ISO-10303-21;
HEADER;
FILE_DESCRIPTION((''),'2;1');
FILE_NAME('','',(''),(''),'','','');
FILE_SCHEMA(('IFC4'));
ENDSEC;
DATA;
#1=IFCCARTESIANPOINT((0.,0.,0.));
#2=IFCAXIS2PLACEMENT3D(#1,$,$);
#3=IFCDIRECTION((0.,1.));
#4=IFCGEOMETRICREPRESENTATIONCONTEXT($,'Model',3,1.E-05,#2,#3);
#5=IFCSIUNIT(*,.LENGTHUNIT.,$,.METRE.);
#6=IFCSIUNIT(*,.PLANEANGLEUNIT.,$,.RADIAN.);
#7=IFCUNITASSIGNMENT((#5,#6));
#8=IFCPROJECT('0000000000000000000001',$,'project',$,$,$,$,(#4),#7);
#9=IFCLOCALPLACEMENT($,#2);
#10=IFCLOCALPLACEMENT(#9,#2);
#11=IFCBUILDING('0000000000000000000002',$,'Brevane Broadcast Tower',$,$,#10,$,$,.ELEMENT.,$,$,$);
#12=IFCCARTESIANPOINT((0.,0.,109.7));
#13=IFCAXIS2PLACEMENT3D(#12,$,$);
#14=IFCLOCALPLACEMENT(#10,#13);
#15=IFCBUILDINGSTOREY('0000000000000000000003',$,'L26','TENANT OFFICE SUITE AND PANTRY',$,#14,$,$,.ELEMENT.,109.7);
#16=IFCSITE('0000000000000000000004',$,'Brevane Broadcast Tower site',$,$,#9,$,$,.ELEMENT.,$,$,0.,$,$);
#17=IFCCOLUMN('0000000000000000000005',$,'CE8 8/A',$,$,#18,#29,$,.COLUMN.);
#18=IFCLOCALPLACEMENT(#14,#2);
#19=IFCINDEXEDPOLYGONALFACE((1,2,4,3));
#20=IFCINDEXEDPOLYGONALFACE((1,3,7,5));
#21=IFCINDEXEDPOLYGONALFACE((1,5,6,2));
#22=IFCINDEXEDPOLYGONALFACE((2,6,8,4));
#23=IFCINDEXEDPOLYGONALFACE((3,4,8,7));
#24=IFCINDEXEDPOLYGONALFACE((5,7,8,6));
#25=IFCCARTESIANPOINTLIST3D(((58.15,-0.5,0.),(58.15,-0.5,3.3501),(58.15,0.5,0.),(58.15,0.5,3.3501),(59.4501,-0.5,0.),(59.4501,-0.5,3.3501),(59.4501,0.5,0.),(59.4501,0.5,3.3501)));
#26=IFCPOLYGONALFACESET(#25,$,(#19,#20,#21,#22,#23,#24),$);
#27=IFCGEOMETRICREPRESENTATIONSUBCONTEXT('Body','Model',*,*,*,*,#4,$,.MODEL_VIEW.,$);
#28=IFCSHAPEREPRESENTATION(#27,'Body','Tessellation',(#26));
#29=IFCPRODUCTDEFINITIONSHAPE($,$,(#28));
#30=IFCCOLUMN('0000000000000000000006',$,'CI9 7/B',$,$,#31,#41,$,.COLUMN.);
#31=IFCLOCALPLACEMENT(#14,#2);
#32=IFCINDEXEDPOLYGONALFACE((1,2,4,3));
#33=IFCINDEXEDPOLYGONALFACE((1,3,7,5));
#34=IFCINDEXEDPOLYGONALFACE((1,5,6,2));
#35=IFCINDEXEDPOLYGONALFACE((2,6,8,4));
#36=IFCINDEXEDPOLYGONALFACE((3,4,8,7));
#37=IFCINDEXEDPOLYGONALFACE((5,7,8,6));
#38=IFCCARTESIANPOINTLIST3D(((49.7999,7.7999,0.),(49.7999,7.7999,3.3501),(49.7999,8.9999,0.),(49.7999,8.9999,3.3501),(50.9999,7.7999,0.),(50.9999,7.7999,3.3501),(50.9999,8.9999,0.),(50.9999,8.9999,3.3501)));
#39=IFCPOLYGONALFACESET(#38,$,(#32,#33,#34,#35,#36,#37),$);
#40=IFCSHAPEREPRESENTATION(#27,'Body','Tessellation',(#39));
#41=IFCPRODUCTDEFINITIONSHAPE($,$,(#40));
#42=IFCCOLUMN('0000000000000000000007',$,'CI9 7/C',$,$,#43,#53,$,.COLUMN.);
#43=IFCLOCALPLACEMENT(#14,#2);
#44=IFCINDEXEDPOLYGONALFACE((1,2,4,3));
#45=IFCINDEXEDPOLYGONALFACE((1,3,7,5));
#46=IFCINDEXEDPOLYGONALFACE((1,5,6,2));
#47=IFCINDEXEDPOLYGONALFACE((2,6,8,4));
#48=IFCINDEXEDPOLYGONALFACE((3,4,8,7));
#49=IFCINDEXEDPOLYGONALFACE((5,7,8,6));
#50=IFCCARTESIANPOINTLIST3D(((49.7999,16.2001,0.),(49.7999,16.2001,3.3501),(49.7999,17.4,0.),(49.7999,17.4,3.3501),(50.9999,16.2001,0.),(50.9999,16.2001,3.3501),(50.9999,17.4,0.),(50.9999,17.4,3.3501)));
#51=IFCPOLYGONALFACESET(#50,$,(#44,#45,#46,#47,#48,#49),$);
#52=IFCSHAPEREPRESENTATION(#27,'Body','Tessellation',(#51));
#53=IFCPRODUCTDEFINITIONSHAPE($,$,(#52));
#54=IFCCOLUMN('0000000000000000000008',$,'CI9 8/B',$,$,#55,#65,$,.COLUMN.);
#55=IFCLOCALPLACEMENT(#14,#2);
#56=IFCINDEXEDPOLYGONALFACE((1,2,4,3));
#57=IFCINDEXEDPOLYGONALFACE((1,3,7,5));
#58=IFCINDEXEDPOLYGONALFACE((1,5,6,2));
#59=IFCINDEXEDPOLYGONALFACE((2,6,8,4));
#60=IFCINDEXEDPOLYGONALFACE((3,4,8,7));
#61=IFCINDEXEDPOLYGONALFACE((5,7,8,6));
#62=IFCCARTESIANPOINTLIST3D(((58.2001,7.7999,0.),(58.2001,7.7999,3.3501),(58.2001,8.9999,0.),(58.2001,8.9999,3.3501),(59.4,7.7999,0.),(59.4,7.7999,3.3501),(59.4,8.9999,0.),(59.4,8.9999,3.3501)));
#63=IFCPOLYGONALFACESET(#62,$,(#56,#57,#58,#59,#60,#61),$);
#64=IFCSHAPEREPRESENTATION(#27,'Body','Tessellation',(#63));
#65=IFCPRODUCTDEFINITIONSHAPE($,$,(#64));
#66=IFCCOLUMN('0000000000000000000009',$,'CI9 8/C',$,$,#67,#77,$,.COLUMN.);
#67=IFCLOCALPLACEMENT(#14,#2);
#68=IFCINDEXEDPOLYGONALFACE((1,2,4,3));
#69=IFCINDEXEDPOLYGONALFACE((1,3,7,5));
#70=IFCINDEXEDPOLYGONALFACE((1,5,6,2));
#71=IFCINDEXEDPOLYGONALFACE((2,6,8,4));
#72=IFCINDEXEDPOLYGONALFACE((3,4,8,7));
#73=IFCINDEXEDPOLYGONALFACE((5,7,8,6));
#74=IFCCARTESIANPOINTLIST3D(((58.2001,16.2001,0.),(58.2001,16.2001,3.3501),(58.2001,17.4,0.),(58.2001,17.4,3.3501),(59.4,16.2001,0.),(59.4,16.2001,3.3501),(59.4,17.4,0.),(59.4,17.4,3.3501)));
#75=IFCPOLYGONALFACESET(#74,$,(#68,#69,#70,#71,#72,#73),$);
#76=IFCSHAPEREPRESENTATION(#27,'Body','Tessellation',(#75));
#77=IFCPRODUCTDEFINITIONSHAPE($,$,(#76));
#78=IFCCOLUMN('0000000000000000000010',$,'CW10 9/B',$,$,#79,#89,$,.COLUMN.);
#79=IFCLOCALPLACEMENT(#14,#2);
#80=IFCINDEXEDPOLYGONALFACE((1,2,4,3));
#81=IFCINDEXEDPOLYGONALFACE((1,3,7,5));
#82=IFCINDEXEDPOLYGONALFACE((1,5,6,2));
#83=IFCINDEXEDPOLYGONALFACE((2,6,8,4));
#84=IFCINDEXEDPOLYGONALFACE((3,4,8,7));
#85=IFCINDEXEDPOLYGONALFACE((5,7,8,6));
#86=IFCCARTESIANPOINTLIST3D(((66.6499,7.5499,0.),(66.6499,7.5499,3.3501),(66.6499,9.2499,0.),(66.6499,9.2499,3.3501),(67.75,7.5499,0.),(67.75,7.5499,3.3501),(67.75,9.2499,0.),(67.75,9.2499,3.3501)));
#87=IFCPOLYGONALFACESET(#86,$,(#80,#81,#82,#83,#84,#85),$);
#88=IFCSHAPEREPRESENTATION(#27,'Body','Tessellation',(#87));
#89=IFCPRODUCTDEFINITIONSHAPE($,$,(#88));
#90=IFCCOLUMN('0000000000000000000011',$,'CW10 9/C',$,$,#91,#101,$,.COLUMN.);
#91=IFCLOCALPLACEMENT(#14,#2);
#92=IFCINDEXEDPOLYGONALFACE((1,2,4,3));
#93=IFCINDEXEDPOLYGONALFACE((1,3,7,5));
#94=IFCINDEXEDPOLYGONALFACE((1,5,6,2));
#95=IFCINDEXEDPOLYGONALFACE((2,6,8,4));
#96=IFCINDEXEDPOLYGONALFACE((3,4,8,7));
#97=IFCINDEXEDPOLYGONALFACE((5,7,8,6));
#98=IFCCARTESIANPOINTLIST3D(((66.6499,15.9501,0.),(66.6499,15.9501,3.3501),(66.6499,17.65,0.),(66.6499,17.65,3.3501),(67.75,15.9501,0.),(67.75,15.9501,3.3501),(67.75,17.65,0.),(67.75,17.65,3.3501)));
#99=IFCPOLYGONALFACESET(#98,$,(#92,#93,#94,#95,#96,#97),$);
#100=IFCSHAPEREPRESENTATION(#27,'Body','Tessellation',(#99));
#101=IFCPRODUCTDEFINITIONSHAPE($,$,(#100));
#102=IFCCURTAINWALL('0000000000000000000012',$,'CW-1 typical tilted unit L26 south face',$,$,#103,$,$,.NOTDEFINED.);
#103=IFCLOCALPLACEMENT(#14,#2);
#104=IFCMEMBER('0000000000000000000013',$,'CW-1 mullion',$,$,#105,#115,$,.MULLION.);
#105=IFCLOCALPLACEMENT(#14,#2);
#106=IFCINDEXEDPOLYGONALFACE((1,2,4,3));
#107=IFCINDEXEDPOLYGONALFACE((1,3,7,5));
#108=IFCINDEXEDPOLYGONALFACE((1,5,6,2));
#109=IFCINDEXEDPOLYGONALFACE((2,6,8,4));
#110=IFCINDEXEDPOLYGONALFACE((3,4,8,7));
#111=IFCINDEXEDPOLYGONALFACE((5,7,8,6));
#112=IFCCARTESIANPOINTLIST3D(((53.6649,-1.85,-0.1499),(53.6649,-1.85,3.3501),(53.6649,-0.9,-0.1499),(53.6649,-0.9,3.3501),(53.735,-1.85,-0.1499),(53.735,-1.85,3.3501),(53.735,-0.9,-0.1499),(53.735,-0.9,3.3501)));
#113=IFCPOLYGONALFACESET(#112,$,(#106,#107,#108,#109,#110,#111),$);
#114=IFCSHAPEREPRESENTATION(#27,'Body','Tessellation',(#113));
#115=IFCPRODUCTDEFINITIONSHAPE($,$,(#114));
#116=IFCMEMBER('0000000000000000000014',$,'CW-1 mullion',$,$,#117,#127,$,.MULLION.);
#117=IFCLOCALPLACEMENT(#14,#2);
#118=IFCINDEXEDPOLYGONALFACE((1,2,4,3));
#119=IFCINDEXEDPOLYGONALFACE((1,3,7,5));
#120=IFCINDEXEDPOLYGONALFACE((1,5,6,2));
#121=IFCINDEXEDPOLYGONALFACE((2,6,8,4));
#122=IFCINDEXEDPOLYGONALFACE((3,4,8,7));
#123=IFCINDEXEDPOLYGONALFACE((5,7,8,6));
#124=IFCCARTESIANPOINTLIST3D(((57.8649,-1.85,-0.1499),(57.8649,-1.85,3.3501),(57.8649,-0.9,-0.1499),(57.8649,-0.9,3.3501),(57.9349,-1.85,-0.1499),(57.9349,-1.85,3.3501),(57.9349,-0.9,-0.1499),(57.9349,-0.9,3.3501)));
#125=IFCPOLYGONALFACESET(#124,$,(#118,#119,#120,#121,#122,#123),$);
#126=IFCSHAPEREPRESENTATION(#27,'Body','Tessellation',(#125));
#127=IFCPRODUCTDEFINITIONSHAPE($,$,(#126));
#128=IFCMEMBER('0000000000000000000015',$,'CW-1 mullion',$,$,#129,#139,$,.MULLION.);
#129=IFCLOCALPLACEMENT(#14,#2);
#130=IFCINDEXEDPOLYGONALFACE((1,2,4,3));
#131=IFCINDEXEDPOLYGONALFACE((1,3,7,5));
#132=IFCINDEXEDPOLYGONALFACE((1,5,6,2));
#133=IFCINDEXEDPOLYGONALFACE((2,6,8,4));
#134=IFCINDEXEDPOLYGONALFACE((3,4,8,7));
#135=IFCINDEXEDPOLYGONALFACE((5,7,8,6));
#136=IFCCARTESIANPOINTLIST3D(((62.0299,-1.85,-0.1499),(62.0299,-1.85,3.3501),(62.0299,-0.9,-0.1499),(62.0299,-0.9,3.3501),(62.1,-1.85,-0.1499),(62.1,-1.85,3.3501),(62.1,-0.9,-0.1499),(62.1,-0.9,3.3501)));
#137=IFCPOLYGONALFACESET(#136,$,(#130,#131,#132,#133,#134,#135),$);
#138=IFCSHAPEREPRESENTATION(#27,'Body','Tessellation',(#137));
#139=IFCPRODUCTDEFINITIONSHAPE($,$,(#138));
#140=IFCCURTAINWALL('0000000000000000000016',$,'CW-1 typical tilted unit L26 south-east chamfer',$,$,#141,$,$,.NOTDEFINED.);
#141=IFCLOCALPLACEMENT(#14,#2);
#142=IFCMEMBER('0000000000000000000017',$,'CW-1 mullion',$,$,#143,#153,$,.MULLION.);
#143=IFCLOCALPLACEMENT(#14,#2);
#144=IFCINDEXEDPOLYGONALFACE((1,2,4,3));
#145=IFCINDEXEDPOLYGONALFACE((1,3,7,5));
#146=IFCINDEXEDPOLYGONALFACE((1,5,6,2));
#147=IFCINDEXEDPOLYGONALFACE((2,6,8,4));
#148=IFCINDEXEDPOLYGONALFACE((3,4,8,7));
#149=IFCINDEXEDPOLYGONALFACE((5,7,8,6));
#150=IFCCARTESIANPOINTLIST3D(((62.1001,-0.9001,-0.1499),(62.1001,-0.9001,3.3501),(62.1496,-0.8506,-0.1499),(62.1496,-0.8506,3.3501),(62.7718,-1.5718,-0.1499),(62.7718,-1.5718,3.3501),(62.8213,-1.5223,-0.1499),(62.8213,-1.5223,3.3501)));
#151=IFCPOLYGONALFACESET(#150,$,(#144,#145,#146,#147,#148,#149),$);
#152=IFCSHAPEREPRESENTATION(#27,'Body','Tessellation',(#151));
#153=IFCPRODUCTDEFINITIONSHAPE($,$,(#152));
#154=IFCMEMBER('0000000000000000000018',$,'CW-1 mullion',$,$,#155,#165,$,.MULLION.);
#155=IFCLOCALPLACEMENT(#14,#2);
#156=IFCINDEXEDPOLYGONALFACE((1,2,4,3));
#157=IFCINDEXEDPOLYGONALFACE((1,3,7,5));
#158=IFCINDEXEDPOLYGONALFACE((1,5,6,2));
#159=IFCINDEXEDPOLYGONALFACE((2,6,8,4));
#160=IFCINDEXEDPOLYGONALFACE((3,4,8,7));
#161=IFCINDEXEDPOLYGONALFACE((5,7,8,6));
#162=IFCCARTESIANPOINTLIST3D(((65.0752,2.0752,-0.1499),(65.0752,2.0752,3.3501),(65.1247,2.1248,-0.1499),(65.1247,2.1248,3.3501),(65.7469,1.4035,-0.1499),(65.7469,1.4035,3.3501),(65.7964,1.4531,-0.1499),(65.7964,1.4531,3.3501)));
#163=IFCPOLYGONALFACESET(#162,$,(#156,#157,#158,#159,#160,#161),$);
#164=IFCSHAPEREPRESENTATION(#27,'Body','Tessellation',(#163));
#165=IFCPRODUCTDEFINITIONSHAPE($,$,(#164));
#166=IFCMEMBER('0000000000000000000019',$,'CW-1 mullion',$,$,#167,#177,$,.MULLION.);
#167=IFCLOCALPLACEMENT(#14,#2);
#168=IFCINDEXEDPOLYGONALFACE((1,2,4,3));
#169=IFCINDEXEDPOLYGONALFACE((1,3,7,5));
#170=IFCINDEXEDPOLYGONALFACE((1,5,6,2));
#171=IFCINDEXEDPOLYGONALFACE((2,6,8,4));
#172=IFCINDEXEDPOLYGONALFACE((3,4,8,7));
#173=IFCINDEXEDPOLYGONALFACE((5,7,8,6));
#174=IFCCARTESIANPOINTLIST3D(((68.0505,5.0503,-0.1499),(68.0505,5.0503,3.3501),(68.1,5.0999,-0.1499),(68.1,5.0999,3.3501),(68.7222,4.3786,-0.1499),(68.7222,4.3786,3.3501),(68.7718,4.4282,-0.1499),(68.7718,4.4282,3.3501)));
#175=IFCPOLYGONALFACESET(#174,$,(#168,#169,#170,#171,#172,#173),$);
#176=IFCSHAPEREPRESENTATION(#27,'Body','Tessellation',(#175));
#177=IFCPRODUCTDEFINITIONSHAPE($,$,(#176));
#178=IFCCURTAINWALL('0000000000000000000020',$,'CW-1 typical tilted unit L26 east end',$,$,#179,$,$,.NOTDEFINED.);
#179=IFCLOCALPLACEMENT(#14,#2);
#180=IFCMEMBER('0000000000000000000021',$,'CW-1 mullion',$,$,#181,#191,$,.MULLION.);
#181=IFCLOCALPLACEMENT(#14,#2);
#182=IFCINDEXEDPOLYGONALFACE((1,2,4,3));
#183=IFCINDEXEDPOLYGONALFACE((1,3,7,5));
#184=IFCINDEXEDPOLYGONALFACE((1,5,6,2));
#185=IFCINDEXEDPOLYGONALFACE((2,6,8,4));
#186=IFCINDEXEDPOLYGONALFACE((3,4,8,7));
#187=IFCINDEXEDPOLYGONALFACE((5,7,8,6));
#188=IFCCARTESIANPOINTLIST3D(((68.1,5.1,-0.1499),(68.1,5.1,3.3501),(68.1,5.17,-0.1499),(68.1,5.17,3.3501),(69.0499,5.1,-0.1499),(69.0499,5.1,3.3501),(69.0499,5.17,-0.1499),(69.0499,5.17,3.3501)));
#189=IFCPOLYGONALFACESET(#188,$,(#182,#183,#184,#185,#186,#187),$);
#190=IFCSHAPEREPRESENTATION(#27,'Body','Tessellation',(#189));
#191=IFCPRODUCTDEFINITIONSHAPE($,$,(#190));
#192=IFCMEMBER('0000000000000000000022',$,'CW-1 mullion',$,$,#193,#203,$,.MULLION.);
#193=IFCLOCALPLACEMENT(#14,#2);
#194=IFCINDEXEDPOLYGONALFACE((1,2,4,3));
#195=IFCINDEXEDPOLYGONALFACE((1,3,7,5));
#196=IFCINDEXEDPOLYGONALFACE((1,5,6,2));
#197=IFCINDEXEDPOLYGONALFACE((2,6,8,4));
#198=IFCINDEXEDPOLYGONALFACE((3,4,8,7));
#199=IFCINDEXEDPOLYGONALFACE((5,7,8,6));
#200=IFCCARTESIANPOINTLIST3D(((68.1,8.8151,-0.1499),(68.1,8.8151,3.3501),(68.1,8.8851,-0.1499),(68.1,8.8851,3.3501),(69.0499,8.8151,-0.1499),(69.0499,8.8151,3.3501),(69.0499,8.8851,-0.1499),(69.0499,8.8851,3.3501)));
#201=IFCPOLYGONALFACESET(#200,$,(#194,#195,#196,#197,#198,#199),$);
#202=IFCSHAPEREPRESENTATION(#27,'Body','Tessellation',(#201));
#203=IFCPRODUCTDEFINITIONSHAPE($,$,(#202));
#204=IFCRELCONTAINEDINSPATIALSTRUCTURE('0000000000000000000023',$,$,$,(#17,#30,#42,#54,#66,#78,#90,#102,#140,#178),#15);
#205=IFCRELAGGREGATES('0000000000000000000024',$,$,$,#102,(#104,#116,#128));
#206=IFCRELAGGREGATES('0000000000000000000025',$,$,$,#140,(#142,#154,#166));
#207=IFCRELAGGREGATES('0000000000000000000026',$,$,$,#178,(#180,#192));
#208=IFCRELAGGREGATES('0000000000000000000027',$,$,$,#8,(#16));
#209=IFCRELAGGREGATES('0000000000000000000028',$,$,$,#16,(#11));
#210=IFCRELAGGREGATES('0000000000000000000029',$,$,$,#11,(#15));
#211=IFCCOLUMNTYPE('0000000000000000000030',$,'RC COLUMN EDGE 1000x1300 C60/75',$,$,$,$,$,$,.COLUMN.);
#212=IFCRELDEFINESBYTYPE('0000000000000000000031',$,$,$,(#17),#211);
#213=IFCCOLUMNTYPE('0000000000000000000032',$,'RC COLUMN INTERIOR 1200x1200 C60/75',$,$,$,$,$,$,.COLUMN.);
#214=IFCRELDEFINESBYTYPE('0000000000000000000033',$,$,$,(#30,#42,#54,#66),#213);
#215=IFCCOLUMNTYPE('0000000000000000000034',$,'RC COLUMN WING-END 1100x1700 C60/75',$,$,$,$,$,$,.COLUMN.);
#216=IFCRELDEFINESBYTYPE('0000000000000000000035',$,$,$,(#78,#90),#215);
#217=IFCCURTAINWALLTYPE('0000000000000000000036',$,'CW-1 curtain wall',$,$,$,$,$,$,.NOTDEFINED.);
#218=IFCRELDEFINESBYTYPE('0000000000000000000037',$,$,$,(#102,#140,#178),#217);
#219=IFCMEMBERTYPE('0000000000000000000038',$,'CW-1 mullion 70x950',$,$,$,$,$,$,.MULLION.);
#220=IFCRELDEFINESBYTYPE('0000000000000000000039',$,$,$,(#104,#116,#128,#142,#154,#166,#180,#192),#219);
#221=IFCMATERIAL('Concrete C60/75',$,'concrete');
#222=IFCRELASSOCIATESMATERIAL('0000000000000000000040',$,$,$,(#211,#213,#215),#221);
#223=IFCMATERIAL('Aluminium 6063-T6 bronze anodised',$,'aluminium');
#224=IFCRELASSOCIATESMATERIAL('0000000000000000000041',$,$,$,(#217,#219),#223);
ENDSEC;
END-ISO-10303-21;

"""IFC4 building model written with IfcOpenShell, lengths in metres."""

from ifc_helpers import new_model, si_unit, direction, frame, origin, origin_2d, place, context, subcontext, project, spatial, rectangle, extrude, material, material_profile, profile_set, type_object, element, aggregate, save


model = new_model("IFC4")

# Units and contexts
model_context = context("Model", 3, precision=1e-05, world=origin(), true_north=direction((0.0, 1.0)))
body_context = subcontext(model_context, "Body", "Model", "MODEL_VIEW")
ifc_project = project(units=[si_unit("LENGTHUNIT", "METRE"), si_unit("PLANEANGLEUNIT", "RADIAN")], contexts=[model_context])

# Site, building, storey
site_placement = place(None, origin())
site = spatial("IfcSite", under=ifc_project, at=site_placement, Name="Brevane Broadcast Tower site", CompositionType="ELEMENT", RefElevation=0.0)
building_placement = place(site_placement, origin())
building = spatial("IfcBuilding", under=site, at=building_placement, Name="Brevane Broadcast Tower", CompositionType="ELEMENT")
storey_placement = place(building_placement, frame((0.0, 0.0, 109.7)))
storey = spatial("IfcBuildingStorey", under=building, at=storey_placement, Name="L26", Description="TENANT OFFICE SUITE AND PANTRY", CompositionType="ELEMENT", Elevation=109.7)

# Columns
ifc_material_1 = material(Name="Concrete C60/75", Category="concrete")
ifc_material_profile_1 = material_profile(ifc_material_1, rectangle(XDim=1.0, YDim=1.3, at=origin_2d()), Name="RC 1000x1300")
ifc_profile_set_1 = profile_set([ifc_material_profile_1], Name="Concrete C60/75")
column_type_1 = type_object("IfcColumnType", Name="RC COLUMN EDGE 1000x1300 C60/75", PredefinedType="COLUMN", material=ifc_profile_set_1)
column_placement = place(storey_placement, frame((58.8, 0.0, 0.0), z_axis=(0.0, 0.0, 1.0), x_axis=(0.0, 1.0, 0.0)))
element("IfcColumn", 1, at=column_placement, inside=storey, type_object=column_type_1, Name="CE8 8/A", PredefinedType="COLUMN", context=body_context, shape_type="SweptSolid", body=[
    extrude(rectangle(XDim=1.0, YDim=1.3, at=origin_2d()), origin(), (0.0, 0.0, 1.0), 3.3501),
])
ifc_material_profile_2 = material_profile(ifc_material_1, rectangle(XDim=1.2, YDim=1.2, at=origin_2d()), Name="RC 1200x1200")
ifc_profile_set_2 = profile_set([ifc_material_profile_2], Name="Concrete C60/75")
column_type_2 = type_object("IfcColumnType", Name="RC COLUMN INTERIOR 1200x1200 C60/75", PredefinedType="COLUMN", material=ifc_profile_set_2)
for number, where, z_axis, x_axis, name in (
    (2, (50.3999, 8.3999, 0.0), (0.0, 0.0, 1.0), (1.0, 0.0, 0.0), "CI9 7/B"),
    (3, (50.3999, 16.8, 0.0), (0.0, 0.0, 1.0), (1.0, 0.0, 0.0), "CI9 7/C"),
    (4, (58.8, 8.3999, 0.0), (0.0, 0.0, 1.0), (1.0, 0.0, 0.0), "CI9 8/B"),
    (5, (58.8, 16.8, 0.0), (0.0, 0.0, 1.0), (1.0, 0.0, 0.0), "CI9 8/C"),
):
    element("IfcColumn", number, at=place(storey_placement, frame(where, z_axis=z_axis, x_axis=x_axis)), inside=storey, type_object=column_type_2, Name=name, PredefinedType="COLUMN", context=body_context, shape_type="SweptSolid", body=[
        extrude(rectangle(XDim=1.2, YDim=1.2, at=origin_2d()), origin(), (0.0, 0.0, 1.0), 3.3501),
    ])
ifc_material_profile_3 = material_profile(ifc_material_1, rectangle(XDim=1.1001, YDim=1.7, at=origin_2d()), Name="RC 1100x1700")
ifc_profile_set_3 = profile_set([ifc_material_profile_3], Name="Concrete C60/75")
column_type_3 = type_object("IfcColumnType", Name="RC COLUMN WING-END 1100x1700 C60/75", PredefinedType="COLUMN", material=ifc_profile_set_3)
for number, where, z_axis, x_axis, name in (
    (6, (67.2, 8.3999, 0.0), (0.0, 0.0, 1.0), (1.0, 0.0, 0.0), "CW10 9/B"),
    (7, (67.2, 16.8, 0.0), (0.0, 0.0, 1.0), (1.0, 0.0, 0.0), "CW10 9/C"),
):
    element("IfcColumn", number, at=place(storey_placement, frame(where, z_axis=z_axis, x_axis=x_axis)), inside=storey, type_object=column_type_3, Name=name, PredefinedType="COLUMN", context=body_context, shape_type="SweptSolid", body=[
        extrude(rectangle(XDim=1.1001, YDim=1.7, at=origin_2d()), origin(), (0.0, 0.0, 1.0), 3.3501),
    ])

# Curtain walls, members
ifc_material_2 = material(Name="Aluminium 6063-T6 bronze anodised", Category="aluminium")
curtain_wall_type = type_object("IfcCurtainWallType", Name="CW-1 curtain wall", PredefinedType="NOTDEFINED", material=ifc_material_2)
curtain_wall_1_placement = place(storey_placement, origin())
curtain_wall_1 = element("IfcCurtainWall", 8, at=curtain_wall_1_placement, inside=storey, type_object=curtain_wall_type, Name="CW-1 typical tilted unit L26 south face", PredefinedType="NOTDEFINED")
ifc_material_profile_4 = material_profile(ifc_material_2, rectangle(XDim=0.95, YDim=0.0701, at=origin_2d()), Name="RECT 70x950")
ifc_profile_set_4 = profile_set([ifc_material_profile_4], Name="Aluminium 6063-T6 bronze anodised")
member_type_1 = type_object("IfcMemberType", Name="CW-1 mullion 70x950", PredefinedType="MULLION", material=ifc_profile_set_4)
member_1_placement = place(storey_placement, frame((53.7, -1.375, -0.1499), z_axis=(0.0, 0.0, 1.0), x_axis=(0.0, 1.0, 0.0)))
member_1 = element("IfcMember", 9, at=member_1_placement, type_object=member_type_1, Name="CW-1 mullion", PredefinedType="MULLION", context=body_context, shape_type="SweptSolid", body=[
    extrude(rectangle(XDim=0.95, YDim=0.0701, at=origin_2d()), origin(), (0.0, 0.0, 1.0), 3.5),
])
member_2_placement = place(storey_placement, frame((57.8999, -1.375, -0.1499), z_axis=(0.0, 0.0, 1.0), x_axis=(0.0, 1.0, 0.0)))
member_2 = element("IfcMember", 10, at=member_2_placement, type_object=member_type_1, Name="CW-1 mullion", PredefinedType="MULLION", context=body_context, shape_type="SweptSolid", body=[
    extrude(rectangle(XDim=0.95, YDim=0.0701, at=origin_2d()), origin(), (0.0, 0.0, 1.0), 3.5),
])
member_3_placement = place(storey_placement, frame((62.0649, -1.375, -0.1499), z_axis=(0.0, 0.0, 1.0), x_axis=(0.0, 1.0, 0.0)))
member_3 = element("IfcMember", 11, at=member_3_placement, type_object=member_type_1, Name="CW-1 mullion", PredefinedType="MULLION", context=body_context, shape_type="SweptSolid", body=[
    extrude(rectangle(XDim=0.95, YDim=0.0701, at=origin_2d()), origin(), (0.0, 0.0, 1.0), 3.5),
])
aggregate(curtain_wall_1, [member_1, member_2, member_3])
curtain_wall_2_placement = place(storey_placement, origin())
curtain_wall_2 = element("IfcCurtainWall", 12, at=curtain_wall_2_placement, inside=storey, type_object=curtain_wall_type, Name="CW-1 typical tilted unit L26 south-east chamfer", PredefinedType="NOTDEFINED")
member_4_placement = place(storey_placement, frame((62.4607, -1.2112, -0.1499), z_axis=(0.0, 0.0, 1.0), x_axis=(-0.707107, 0.707107, 0.0)))
member_4 = element("IfcMember", 13, at=member_4_placement, type_object=member_type_1, Name="CW-1 mullion", PredefinedType="MULLION", context=body_context, shape_type="SweptSolid", body=[
    extrude(rectangle(XDim=0.95, YDim=0.0701, at=origin_2d()), origin(), (0.0, 0.0, 1.0), 3.5),
])
member_5_placement = place(storey_placement, frame((65.4358, 1.7642, -0.1499), z_axis=(0.0, 0.0, 1.0), x_axis=(-0.707107, 0.707107, 0.0)))
member_5 = element("IfcMember", 14, at=member_5_placement, type_object=member_type_1, Name="CW-1 mullion", PredefinedType="MULLION", context=body_context, shape_type="SweptSolid", body=[
    extrude(rectangle(XDim=0.95, YDim=0.0701, at=origin_2d()), origin(), (0.0, 0.0, 1.0), 3.5),
])
member_6_placement = place(storey_placement, frame((68.4111, 4.7393, -0.1499), z_axis=(0.0, 0.0, 1.0), x_axis=(-0.707107, 0.707107, 0.0)))
member_6 = element("IfcMember", 15, at=member_6_placement, type_object=member_type_1, Name="CW-1 mullion", PredefinedType="MULLION", context=body_context, shape_type="SweptSolid", body=[
    extrude(rectangle(XDim=0.95, YDim=0.0701, at=origin_2d()), origin(), (0.0, 0.0, 1.0), 3.5),
])
curtain_wall_3_placement = place(storey_placement, origin())
curtain_wall_3 = element("IfcCurtainWall", 16, at=curtain_wall_3_placement, inside=storey, type_object=curtain_wall_type, Name="CW-1 typical tilted unit L26 east end", PredefinedType="NOTDEFINED")
member_7_placement = place(storey_placement, frame((68.575, 5.135, -0.1499), z_axis=(0.0, 0.0, 1.0), x_axis=(-1.0, 0.0, 0.0)))
member_7 = element("IfcMember", 17, at=member_7_placement, type_object=member_type_1, Name="CW-1 mullion", PredefinedType="MULLION", context=body_context, shape_type="SweptSolid", body=[
    extrude(rectangle(XDim=0.95, YDim=0.0701, at=origin_2d()), origin(), (0.0, 0.0, 1.0), 3.5),
])
member_8_placement = place(storey_placement, frame((68.575, 8.8501, -0.1499), z_axis=(0.0, 0.0, 1.0), x_axis=(-1.0, 0.0, 0.0)))
member_8 = element("IfcMember", 18, at=member_8_placement, type_object=member_type_1, Name="CW-1 mullion", PredefinedType="MULLION", context=body_context, shape_type="SweptSolid", body=[
    extrude(rectangle(XDim=0.95, YDim=0.0701, at=origin_2d()), origin(), (0.0, 0.0, 1.0), 3.5),
])

aggregate(curtain_wall_2, [member_4, member_5, member_6])
aggregate(curtain_wall_3, [member_7, member_8])

save(model, "model.ifc")
